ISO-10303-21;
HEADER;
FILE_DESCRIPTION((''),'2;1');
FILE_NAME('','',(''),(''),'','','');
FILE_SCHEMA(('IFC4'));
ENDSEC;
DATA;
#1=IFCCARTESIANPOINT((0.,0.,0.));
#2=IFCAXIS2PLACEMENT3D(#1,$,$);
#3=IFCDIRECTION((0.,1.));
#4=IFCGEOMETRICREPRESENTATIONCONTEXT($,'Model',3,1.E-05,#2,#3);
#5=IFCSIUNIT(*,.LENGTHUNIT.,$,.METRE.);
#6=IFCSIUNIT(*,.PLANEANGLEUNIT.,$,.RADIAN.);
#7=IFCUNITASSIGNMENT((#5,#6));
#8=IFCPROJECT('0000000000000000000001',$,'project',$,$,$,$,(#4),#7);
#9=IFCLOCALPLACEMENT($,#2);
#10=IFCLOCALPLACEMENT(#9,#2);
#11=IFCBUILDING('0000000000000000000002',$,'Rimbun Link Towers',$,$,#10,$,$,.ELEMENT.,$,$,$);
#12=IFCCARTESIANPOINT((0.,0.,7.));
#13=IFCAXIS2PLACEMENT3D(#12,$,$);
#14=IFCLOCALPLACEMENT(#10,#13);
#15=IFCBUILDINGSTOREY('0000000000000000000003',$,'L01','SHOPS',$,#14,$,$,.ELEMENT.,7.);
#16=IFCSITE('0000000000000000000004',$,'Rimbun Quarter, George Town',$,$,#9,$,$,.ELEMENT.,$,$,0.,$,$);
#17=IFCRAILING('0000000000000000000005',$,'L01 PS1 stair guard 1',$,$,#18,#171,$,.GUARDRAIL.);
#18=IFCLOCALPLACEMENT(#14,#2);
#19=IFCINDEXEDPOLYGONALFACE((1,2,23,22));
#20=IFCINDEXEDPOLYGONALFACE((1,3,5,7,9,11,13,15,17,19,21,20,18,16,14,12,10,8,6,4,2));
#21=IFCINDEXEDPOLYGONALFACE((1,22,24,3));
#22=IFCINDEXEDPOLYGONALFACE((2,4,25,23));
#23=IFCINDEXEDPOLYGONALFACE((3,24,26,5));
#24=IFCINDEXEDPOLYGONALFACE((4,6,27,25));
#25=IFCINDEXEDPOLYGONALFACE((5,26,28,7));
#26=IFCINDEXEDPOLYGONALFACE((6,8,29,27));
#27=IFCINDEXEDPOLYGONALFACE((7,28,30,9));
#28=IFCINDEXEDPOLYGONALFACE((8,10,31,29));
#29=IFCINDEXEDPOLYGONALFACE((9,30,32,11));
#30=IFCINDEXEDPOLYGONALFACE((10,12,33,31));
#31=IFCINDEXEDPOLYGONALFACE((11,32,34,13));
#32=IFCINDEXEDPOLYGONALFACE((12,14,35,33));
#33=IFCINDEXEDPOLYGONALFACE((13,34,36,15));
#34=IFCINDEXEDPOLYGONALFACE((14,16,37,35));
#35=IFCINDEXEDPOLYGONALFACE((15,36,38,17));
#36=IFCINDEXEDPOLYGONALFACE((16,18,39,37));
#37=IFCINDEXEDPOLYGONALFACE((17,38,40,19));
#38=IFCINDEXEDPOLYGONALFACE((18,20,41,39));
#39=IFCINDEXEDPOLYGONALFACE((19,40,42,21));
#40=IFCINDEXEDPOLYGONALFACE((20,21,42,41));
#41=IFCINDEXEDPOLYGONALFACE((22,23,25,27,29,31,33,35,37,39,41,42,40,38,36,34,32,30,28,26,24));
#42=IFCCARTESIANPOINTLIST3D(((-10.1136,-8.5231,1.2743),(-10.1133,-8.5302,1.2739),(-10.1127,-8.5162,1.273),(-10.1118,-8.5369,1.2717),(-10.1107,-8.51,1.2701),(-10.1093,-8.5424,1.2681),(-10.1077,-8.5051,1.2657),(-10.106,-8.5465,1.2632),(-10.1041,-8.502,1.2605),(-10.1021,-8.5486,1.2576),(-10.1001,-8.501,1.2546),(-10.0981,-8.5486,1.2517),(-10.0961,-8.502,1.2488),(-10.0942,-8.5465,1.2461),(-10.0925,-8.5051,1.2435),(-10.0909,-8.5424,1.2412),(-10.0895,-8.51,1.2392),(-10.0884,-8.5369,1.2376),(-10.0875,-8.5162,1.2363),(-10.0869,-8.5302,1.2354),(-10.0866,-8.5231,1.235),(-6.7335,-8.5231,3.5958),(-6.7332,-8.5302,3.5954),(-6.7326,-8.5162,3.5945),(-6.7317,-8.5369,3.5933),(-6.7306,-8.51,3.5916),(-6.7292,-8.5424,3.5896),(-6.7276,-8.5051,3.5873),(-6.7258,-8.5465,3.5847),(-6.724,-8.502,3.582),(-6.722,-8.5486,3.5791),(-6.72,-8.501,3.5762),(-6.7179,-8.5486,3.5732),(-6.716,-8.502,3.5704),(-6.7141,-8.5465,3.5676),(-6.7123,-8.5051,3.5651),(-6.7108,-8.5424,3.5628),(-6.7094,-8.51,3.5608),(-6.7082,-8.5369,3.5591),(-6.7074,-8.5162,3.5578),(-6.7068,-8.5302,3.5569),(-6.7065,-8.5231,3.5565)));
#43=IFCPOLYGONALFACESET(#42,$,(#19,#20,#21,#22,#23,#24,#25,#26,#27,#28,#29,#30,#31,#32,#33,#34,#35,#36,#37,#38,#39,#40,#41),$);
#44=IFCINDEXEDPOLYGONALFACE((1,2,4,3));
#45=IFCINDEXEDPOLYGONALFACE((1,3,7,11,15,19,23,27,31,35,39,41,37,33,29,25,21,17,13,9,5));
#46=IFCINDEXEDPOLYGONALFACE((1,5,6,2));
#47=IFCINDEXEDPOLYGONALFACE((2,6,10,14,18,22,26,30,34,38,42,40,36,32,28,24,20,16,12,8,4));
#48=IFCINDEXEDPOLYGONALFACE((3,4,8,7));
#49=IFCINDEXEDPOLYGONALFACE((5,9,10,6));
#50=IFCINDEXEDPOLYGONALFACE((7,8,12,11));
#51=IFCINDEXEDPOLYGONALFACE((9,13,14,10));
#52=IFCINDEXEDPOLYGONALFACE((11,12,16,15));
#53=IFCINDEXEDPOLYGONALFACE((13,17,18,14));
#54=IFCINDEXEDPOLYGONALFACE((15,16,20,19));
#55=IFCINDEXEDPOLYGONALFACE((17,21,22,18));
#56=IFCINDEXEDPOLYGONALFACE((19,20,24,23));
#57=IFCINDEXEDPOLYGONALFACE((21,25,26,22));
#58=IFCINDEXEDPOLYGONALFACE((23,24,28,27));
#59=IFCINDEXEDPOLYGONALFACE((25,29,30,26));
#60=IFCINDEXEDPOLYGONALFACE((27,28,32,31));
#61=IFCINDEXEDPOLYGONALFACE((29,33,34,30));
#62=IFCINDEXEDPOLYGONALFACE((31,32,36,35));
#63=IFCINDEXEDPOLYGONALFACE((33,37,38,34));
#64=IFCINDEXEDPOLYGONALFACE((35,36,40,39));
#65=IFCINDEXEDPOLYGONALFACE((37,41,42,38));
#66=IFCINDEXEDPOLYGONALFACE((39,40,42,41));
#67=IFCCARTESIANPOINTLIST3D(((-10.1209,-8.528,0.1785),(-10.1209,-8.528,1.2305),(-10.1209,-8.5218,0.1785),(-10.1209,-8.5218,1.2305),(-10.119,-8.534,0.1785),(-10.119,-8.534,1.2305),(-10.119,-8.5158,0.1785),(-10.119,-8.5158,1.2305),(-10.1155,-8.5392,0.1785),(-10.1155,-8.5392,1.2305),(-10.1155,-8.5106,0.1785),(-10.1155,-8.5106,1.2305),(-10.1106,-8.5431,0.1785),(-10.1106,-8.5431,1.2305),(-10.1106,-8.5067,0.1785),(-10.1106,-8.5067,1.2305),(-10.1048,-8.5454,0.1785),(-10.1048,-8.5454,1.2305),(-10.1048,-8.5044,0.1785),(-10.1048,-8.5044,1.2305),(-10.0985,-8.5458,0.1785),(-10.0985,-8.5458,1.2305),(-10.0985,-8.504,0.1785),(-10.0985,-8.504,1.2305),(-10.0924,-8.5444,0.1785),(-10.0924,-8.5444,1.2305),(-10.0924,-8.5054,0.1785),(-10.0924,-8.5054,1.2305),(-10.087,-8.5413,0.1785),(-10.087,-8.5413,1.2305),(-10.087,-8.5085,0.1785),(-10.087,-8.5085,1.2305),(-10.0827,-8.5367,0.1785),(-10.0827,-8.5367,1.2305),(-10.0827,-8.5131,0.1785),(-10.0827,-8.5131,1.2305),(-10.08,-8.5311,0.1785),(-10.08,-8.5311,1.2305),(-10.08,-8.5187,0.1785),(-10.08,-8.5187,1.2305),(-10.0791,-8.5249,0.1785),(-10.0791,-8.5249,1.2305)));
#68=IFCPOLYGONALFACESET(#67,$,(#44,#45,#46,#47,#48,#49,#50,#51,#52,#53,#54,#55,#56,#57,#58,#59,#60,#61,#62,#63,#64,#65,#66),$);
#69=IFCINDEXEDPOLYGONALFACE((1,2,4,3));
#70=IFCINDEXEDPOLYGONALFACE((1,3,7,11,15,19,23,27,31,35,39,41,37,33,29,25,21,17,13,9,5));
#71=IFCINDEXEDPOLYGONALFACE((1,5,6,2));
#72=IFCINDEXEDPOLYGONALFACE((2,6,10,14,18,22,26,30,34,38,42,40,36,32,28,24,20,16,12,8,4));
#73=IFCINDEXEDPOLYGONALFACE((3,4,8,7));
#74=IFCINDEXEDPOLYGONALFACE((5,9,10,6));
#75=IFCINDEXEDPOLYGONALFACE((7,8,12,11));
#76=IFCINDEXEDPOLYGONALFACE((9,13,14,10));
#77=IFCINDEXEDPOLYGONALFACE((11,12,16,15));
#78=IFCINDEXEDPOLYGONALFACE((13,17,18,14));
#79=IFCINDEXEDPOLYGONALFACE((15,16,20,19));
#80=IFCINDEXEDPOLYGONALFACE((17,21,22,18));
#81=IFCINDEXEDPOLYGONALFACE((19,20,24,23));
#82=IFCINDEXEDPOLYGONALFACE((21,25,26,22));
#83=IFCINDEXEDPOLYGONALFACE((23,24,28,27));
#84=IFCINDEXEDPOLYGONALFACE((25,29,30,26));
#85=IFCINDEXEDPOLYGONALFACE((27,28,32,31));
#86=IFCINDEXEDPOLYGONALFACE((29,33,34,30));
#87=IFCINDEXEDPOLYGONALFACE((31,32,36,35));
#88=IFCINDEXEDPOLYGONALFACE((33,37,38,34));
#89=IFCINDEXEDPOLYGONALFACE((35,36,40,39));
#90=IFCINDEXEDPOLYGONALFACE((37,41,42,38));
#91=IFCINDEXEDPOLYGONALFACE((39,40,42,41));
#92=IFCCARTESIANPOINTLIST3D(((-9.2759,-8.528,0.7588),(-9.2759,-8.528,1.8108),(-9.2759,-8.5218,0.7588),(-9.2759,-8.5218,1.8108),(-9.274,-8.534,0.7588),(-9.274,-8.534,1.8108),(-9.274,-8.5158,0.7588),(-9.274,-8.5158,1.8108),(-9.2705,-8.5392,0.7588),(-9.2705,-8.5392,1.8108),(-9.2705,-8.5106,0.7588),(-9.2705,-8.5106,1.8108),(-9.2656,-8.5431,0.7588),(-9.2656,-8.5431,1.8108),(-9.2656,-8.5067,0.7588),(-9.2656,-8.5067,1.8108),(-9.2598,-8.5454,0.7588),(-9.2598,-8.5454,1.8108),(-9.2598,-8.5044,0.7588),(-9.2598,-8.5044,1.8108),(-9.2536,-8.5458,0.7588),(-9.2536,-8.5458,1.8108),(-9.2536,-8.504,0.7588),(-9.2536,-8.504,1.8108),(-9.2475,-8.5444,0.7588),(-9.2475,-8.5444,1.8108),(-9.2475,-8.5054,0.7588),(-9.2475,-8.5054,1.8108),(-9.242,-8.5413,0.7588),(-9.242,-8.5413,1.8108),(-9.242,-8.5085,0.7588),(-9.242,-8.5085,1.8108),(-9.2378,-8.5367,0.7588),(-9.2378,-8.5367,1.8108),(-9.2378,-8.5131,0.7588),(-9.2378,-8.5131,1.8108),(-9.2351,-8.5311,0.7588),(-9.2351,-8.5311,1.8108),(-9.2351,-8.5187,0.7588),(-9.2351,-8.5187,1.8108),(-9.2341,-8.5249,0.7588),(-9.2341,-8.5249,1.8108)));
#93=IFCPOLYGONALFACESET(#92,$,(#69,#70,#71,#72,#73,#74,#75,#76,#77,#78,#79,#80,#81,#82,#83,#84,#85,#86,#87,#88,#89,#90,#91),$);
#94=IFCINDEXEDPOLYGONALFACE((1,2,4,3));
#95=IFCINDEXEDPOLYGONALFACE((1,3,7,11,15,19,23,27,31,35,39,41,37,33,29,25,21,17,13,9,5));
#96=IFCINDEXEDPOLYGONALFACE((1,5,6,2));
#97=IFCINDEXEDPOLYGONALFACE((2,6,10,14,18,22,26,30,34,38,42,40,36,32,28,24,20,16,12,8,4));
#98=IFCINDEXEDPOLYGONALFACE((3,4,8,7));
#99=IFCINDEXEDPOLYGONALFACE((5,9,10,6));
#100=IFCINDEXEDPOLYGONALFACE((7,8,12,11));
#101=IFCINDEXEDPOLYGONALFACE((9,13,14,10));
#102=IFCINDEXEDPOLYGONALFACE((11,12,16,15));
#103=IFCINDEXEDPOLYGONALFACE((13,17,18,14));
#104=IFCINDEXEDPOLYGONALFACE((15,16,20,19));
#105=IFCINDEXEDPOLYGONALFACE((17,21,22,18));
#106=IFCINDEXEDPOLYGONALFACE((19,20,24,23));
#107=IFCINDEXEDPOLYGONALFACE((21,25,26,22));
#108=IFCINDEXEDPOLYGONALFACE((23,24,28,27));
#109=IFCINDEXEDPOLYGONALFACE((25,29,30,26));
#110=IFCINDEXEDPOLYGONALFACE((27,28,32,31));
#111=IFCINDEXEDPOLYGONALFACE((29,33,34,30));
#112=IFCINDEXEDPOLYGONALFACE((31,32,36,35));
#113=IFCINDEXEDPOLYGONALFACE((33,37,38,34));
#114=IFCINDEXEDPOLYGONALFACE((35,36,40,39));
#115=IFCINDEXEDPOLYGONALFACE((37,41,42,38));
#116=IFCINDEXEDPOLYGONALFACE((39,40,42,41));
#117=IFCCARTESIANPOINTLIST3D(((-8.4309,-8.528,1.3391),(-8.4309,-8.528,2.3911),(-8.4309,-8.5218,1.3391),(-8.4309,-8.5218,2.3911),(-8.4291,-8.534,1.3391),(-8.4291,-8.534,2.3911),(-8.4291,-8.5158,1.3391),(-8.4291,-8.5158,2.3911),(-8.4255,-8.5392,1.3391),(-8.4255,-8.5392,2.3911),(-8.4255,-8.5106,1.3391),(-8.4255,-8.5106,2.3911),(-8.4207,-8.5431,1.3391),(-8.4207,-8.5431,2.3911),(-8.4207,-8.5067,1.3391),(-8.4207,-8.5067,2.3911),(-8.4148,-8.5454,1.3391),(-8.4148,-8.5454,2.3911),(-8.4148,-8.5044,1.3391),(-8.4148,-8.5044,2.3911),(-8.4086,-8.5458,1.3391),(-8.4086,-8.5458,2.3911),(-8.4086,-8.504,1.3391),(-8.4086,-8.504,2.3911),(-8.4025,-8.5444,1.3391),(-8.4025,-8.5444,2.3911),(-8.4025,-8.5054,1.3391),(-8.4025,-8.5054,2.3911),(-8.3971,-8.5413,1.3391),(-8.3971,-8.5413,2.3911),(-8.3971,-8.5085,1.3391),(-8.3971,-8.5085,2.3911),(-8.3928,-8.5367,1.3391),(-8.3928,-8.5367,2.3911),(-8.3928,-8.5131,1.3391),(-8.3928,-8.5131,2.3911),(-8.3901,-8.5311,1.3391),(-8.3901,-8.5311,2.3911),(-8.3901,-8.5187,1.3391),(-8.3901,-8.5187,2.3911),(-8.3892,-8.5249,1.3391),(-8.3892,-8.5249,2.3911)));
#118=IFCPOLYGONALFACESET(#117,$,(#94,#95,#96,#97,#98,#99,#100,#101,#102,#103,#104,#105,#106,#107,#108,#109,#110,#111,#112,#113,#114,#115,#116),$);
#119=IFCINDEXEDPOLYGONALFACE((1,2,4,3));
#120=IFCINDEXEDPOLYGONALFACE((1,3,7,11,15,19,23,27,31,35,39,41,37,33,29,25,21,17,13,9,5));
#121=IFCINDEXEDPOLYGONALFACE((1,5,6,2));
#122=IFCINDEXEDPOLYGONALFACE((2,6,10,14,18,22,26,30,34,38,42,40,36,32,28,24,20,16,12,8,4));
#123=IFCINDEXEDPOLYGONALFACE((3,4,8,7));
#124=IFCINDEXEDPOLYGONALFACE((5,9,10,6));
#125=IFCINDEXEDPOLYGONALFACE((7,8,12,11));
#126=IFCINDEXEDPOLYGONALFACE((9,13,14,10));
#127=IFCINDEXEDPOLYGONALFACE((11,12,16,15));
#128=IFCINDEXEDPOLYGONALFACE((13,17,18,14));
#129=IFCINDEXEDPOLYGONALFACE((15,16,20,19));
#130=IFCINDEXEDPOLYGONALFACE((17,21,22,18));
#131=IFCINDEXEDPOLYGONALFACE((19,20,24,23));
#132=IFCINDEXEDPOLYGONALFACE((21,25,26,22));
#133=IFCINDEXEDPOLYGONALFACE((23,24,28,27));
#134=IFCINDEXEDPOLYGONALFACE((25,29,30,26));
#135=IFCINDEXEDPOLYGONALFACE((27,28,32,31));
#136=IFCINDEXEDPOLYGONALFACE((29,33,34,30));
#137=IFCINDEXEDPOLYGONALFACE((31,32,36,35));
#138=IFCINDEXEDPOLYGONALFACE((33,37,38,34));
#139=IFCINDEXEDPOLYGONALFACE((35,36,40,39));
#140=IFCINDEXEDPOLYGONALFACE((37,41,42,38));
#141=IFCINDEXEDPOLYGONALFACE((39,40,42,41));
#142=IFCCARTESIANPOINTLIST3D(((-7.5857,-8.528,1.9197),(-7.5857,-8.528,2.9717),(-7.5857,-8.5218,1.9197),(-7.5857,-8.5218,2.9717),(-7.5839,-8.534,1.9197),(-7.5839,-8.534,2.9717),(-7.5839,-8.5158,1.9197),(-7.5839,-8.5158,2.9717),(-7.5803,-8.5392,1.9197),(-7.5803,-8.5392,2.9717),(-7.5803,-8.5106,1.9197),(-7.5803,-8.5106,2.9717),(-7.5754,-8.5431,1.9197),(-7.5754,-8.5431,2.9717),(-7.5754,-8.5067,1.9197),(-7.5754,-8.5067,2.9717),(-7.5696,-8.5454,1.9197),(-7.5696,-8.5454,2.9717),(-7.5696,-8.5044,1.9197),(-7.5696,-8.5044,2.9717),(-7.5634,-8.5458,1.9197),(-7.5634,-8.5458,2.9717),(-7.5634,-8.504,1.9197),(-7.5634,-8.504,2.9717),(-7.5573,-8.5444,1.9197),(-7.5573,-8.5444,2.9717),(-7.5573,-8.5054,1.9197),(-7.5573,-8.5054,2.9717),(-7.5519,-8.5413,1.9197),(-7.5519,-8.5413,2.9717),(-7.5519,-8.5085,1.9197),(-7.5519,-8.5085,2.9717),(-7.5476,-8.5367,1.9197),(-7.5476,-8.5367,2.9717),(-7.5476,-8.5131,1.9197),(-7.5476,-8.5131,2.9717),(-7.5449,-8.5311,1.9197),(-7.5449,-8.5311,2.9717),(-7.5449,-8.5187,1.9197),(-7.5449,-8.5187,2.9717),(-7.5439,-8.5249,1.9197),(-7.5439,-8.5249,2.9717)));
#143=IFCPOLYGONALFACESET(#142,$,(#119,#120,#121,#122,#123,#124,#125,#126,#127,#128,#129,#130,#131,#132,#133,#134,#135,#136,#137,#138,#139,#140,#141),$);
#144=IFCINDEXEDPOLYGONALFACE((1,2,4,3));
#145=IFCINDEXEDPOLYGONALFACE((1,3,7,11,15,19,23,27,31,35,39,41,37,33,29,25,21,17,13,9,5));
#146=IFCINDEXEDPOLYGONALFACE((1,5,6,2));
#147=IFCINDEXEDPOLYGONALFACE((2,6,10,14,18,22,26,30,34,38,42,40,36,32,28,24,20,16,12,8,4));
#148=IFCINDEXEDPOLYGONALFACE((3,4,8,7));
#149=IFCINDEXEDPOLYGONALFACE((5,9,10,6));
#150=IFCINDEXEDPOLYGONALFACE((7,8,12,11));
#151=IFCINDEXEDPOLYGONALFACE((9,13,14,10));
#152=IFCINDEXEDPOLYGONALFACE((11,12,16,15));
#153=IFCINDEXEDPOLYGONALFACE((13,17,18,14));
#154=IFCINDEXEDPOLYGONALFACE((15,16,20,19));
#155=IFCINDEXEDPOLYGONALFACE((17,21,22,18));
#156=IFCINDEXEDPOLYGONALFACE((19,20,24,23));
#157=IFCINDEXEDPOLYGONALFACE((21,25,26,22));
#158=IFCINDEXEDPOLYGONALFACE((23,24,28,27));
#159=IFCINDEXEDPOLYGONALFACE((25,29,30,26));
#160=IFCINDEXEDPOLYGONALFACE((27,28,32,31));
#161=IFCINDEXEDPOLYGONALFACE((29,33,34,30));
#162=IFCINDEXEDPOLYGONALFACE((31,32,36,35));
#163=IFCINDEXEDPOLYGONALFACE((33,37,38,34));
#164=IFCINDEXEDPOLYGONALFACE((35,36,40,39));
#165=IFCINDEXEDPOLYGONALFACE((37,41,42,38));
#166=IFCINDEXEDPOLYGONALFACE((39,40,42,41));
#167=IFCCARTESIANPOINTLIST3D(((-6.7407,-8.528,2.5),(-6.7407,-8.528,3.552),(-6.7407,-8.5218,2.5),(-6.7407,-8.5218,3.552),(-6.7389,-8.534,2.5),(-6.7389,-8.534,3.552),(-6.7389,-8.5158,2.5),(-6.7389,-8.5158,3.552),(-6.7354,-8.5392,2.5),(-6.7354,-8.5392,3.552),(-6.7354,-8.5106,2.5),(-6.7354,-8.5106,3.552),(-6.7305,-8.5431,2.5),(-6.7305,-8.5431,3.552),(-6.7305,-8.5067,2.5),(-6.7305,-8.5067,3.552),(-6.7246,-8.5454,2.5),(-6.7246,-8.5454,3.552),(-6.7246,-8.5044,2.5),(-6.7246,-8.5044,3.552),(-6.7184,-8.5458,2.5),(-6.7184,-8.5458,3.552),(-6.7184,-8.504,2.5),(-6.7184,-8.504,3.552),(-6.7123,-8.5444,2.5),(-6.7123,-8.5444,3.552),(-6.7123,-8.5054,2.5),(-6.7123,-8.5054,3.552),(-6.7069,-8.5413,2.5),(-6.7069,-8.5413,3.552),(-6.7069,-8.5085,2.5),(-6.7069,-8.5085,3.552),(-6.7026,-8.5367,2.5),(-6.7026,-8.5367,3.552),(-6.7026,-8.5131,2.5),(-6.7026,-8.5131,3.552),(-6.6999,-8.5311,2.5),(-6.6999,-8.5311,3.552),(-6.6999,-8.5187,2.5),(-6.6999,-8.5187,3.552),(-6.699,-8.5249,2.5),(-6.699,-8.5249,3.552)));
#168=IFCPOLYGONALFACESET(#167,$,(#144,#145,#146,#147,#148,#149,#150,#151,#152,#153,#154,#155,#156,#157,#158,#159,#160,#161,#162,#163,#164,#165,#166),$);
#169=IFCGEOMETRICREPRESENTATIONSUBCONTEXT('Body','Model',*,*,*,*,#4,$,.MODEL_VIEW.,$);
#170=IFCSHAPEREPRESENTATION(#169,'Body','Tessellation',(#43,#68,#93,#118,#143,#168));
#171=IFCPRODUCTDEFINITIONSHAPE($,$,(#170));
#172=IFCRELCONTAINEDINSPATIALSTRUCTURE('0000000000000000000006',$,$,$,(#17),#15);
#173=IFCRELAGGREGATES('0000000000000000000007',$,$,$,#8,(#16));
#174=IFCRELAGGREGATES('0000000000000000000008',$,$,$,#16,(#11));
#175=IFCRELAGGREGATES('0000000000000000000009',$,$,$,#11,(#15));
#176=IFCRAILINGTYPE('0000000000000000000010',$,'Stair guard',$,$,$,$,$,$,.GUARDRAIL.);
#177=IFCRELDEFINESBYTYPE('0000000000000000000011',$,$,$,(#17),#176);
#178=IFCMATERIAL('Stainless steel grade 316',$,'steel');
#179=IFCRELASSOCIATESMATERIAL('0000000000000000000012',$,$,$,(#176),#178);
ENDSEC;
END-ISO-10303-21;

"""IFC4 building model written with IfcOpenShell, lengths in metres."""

from ifc_helpers import new_model, si_unit, direction, frame, origin, origin_2d, place, context, subcontext, project, spatial, circle, extrude, material, type_object, element, save


model = new_model("IFC4")

# Units and contexts
model_context = context("Model", 3, precision=1e-05, world=origin(), true_north=direction((0.0, 1.0)))
body_context = subcontext(model_context, "Body", "Model", "MODEL_VIEW")
ifc_project = project(units=[si_unit("LENGTHUNIT", "METRE"), si_unit("PLANEANGLEUNIT", "RADIAN")], contexts=[model_context])

# Site, building, storey
site_placement = place(None, origin())
site = spatial("IfcSite", under=ifc_project, at=site_placement, Name="Rimbun Quarter, George Town", CompositionType="ELEMENT", RefElevation=0.0)
building_placement = place(site_placement, origin())
building = spatial("IfcBuilding", under=site, at=building_placement, Name="Rimbun Link Towers", CompositionType="ELEMENT")
storey_placement = place(building_placement, frame((0.0, 0.0, 7.0)))
storey = spatial("IfcBuildingStorey", under=building, at=storey_placement, Name="L01", Description="SHOPS", CompositionType="ELEMENT", Elevation=7.0)

# Railing
ifc_material_1 = material(Name="Stainless steel grade 316", Category="steel")
railing_type_1 = type_object("IfcRailingType", Name="Stair guard", PredefinedType="GUARDRAIL", material=ifc_material_1)
railing_1_placement = place(storey_placement, frame((-10.1001, -8.5249, 0.1785)))
element("IfcRailing", 1, at=railing_1_placement, inside=storey, type_object=railing_type_1, Name="L01 PS1 stair guard 1", PredefinedType="GUARDRAIL", context=body_context, shape_type="SweptSolid", body=[
    extrude(circle(Radius=0.0239, at=origin_2d()), frame((0.0, 0.0, 1.0762), z_axis=(0.824304, 0.0, 0.566147), x_axis=(0.0, 1.0, 0.0)), (0.0, 0.0, 1.0), 4.1006),
    extrude(circle(Radius=0.021, at=origin_2d()), origin(), (0.0, 0.0, 1.0), 1.052),
    extrude(circle(Radius=0.021, at=origin_2d()), frame((0.845, 0.0, 0.5803)), (0.0, 0.0, 1.0), 1.052),
    extrude(circle(Radius=0.021, at=origin_2d()), frame((1.6899, 0.0, 1.1606)), (0.0, 0.0, 1.0), 1.052),
    extrude(circle(Radius=0.021, at=origin_2d()), frame((2.5352, 0.0, 1.7412)), (0.0, 0.0, 1.0), 1.052),
    extrude(circle(Radius=0.021, at=origin_2d()), frame((3.3801, 0.0, 2.3215)), (0.0, 0.0, 1.0), 1.052),
])

save(model, "model.ifc")
